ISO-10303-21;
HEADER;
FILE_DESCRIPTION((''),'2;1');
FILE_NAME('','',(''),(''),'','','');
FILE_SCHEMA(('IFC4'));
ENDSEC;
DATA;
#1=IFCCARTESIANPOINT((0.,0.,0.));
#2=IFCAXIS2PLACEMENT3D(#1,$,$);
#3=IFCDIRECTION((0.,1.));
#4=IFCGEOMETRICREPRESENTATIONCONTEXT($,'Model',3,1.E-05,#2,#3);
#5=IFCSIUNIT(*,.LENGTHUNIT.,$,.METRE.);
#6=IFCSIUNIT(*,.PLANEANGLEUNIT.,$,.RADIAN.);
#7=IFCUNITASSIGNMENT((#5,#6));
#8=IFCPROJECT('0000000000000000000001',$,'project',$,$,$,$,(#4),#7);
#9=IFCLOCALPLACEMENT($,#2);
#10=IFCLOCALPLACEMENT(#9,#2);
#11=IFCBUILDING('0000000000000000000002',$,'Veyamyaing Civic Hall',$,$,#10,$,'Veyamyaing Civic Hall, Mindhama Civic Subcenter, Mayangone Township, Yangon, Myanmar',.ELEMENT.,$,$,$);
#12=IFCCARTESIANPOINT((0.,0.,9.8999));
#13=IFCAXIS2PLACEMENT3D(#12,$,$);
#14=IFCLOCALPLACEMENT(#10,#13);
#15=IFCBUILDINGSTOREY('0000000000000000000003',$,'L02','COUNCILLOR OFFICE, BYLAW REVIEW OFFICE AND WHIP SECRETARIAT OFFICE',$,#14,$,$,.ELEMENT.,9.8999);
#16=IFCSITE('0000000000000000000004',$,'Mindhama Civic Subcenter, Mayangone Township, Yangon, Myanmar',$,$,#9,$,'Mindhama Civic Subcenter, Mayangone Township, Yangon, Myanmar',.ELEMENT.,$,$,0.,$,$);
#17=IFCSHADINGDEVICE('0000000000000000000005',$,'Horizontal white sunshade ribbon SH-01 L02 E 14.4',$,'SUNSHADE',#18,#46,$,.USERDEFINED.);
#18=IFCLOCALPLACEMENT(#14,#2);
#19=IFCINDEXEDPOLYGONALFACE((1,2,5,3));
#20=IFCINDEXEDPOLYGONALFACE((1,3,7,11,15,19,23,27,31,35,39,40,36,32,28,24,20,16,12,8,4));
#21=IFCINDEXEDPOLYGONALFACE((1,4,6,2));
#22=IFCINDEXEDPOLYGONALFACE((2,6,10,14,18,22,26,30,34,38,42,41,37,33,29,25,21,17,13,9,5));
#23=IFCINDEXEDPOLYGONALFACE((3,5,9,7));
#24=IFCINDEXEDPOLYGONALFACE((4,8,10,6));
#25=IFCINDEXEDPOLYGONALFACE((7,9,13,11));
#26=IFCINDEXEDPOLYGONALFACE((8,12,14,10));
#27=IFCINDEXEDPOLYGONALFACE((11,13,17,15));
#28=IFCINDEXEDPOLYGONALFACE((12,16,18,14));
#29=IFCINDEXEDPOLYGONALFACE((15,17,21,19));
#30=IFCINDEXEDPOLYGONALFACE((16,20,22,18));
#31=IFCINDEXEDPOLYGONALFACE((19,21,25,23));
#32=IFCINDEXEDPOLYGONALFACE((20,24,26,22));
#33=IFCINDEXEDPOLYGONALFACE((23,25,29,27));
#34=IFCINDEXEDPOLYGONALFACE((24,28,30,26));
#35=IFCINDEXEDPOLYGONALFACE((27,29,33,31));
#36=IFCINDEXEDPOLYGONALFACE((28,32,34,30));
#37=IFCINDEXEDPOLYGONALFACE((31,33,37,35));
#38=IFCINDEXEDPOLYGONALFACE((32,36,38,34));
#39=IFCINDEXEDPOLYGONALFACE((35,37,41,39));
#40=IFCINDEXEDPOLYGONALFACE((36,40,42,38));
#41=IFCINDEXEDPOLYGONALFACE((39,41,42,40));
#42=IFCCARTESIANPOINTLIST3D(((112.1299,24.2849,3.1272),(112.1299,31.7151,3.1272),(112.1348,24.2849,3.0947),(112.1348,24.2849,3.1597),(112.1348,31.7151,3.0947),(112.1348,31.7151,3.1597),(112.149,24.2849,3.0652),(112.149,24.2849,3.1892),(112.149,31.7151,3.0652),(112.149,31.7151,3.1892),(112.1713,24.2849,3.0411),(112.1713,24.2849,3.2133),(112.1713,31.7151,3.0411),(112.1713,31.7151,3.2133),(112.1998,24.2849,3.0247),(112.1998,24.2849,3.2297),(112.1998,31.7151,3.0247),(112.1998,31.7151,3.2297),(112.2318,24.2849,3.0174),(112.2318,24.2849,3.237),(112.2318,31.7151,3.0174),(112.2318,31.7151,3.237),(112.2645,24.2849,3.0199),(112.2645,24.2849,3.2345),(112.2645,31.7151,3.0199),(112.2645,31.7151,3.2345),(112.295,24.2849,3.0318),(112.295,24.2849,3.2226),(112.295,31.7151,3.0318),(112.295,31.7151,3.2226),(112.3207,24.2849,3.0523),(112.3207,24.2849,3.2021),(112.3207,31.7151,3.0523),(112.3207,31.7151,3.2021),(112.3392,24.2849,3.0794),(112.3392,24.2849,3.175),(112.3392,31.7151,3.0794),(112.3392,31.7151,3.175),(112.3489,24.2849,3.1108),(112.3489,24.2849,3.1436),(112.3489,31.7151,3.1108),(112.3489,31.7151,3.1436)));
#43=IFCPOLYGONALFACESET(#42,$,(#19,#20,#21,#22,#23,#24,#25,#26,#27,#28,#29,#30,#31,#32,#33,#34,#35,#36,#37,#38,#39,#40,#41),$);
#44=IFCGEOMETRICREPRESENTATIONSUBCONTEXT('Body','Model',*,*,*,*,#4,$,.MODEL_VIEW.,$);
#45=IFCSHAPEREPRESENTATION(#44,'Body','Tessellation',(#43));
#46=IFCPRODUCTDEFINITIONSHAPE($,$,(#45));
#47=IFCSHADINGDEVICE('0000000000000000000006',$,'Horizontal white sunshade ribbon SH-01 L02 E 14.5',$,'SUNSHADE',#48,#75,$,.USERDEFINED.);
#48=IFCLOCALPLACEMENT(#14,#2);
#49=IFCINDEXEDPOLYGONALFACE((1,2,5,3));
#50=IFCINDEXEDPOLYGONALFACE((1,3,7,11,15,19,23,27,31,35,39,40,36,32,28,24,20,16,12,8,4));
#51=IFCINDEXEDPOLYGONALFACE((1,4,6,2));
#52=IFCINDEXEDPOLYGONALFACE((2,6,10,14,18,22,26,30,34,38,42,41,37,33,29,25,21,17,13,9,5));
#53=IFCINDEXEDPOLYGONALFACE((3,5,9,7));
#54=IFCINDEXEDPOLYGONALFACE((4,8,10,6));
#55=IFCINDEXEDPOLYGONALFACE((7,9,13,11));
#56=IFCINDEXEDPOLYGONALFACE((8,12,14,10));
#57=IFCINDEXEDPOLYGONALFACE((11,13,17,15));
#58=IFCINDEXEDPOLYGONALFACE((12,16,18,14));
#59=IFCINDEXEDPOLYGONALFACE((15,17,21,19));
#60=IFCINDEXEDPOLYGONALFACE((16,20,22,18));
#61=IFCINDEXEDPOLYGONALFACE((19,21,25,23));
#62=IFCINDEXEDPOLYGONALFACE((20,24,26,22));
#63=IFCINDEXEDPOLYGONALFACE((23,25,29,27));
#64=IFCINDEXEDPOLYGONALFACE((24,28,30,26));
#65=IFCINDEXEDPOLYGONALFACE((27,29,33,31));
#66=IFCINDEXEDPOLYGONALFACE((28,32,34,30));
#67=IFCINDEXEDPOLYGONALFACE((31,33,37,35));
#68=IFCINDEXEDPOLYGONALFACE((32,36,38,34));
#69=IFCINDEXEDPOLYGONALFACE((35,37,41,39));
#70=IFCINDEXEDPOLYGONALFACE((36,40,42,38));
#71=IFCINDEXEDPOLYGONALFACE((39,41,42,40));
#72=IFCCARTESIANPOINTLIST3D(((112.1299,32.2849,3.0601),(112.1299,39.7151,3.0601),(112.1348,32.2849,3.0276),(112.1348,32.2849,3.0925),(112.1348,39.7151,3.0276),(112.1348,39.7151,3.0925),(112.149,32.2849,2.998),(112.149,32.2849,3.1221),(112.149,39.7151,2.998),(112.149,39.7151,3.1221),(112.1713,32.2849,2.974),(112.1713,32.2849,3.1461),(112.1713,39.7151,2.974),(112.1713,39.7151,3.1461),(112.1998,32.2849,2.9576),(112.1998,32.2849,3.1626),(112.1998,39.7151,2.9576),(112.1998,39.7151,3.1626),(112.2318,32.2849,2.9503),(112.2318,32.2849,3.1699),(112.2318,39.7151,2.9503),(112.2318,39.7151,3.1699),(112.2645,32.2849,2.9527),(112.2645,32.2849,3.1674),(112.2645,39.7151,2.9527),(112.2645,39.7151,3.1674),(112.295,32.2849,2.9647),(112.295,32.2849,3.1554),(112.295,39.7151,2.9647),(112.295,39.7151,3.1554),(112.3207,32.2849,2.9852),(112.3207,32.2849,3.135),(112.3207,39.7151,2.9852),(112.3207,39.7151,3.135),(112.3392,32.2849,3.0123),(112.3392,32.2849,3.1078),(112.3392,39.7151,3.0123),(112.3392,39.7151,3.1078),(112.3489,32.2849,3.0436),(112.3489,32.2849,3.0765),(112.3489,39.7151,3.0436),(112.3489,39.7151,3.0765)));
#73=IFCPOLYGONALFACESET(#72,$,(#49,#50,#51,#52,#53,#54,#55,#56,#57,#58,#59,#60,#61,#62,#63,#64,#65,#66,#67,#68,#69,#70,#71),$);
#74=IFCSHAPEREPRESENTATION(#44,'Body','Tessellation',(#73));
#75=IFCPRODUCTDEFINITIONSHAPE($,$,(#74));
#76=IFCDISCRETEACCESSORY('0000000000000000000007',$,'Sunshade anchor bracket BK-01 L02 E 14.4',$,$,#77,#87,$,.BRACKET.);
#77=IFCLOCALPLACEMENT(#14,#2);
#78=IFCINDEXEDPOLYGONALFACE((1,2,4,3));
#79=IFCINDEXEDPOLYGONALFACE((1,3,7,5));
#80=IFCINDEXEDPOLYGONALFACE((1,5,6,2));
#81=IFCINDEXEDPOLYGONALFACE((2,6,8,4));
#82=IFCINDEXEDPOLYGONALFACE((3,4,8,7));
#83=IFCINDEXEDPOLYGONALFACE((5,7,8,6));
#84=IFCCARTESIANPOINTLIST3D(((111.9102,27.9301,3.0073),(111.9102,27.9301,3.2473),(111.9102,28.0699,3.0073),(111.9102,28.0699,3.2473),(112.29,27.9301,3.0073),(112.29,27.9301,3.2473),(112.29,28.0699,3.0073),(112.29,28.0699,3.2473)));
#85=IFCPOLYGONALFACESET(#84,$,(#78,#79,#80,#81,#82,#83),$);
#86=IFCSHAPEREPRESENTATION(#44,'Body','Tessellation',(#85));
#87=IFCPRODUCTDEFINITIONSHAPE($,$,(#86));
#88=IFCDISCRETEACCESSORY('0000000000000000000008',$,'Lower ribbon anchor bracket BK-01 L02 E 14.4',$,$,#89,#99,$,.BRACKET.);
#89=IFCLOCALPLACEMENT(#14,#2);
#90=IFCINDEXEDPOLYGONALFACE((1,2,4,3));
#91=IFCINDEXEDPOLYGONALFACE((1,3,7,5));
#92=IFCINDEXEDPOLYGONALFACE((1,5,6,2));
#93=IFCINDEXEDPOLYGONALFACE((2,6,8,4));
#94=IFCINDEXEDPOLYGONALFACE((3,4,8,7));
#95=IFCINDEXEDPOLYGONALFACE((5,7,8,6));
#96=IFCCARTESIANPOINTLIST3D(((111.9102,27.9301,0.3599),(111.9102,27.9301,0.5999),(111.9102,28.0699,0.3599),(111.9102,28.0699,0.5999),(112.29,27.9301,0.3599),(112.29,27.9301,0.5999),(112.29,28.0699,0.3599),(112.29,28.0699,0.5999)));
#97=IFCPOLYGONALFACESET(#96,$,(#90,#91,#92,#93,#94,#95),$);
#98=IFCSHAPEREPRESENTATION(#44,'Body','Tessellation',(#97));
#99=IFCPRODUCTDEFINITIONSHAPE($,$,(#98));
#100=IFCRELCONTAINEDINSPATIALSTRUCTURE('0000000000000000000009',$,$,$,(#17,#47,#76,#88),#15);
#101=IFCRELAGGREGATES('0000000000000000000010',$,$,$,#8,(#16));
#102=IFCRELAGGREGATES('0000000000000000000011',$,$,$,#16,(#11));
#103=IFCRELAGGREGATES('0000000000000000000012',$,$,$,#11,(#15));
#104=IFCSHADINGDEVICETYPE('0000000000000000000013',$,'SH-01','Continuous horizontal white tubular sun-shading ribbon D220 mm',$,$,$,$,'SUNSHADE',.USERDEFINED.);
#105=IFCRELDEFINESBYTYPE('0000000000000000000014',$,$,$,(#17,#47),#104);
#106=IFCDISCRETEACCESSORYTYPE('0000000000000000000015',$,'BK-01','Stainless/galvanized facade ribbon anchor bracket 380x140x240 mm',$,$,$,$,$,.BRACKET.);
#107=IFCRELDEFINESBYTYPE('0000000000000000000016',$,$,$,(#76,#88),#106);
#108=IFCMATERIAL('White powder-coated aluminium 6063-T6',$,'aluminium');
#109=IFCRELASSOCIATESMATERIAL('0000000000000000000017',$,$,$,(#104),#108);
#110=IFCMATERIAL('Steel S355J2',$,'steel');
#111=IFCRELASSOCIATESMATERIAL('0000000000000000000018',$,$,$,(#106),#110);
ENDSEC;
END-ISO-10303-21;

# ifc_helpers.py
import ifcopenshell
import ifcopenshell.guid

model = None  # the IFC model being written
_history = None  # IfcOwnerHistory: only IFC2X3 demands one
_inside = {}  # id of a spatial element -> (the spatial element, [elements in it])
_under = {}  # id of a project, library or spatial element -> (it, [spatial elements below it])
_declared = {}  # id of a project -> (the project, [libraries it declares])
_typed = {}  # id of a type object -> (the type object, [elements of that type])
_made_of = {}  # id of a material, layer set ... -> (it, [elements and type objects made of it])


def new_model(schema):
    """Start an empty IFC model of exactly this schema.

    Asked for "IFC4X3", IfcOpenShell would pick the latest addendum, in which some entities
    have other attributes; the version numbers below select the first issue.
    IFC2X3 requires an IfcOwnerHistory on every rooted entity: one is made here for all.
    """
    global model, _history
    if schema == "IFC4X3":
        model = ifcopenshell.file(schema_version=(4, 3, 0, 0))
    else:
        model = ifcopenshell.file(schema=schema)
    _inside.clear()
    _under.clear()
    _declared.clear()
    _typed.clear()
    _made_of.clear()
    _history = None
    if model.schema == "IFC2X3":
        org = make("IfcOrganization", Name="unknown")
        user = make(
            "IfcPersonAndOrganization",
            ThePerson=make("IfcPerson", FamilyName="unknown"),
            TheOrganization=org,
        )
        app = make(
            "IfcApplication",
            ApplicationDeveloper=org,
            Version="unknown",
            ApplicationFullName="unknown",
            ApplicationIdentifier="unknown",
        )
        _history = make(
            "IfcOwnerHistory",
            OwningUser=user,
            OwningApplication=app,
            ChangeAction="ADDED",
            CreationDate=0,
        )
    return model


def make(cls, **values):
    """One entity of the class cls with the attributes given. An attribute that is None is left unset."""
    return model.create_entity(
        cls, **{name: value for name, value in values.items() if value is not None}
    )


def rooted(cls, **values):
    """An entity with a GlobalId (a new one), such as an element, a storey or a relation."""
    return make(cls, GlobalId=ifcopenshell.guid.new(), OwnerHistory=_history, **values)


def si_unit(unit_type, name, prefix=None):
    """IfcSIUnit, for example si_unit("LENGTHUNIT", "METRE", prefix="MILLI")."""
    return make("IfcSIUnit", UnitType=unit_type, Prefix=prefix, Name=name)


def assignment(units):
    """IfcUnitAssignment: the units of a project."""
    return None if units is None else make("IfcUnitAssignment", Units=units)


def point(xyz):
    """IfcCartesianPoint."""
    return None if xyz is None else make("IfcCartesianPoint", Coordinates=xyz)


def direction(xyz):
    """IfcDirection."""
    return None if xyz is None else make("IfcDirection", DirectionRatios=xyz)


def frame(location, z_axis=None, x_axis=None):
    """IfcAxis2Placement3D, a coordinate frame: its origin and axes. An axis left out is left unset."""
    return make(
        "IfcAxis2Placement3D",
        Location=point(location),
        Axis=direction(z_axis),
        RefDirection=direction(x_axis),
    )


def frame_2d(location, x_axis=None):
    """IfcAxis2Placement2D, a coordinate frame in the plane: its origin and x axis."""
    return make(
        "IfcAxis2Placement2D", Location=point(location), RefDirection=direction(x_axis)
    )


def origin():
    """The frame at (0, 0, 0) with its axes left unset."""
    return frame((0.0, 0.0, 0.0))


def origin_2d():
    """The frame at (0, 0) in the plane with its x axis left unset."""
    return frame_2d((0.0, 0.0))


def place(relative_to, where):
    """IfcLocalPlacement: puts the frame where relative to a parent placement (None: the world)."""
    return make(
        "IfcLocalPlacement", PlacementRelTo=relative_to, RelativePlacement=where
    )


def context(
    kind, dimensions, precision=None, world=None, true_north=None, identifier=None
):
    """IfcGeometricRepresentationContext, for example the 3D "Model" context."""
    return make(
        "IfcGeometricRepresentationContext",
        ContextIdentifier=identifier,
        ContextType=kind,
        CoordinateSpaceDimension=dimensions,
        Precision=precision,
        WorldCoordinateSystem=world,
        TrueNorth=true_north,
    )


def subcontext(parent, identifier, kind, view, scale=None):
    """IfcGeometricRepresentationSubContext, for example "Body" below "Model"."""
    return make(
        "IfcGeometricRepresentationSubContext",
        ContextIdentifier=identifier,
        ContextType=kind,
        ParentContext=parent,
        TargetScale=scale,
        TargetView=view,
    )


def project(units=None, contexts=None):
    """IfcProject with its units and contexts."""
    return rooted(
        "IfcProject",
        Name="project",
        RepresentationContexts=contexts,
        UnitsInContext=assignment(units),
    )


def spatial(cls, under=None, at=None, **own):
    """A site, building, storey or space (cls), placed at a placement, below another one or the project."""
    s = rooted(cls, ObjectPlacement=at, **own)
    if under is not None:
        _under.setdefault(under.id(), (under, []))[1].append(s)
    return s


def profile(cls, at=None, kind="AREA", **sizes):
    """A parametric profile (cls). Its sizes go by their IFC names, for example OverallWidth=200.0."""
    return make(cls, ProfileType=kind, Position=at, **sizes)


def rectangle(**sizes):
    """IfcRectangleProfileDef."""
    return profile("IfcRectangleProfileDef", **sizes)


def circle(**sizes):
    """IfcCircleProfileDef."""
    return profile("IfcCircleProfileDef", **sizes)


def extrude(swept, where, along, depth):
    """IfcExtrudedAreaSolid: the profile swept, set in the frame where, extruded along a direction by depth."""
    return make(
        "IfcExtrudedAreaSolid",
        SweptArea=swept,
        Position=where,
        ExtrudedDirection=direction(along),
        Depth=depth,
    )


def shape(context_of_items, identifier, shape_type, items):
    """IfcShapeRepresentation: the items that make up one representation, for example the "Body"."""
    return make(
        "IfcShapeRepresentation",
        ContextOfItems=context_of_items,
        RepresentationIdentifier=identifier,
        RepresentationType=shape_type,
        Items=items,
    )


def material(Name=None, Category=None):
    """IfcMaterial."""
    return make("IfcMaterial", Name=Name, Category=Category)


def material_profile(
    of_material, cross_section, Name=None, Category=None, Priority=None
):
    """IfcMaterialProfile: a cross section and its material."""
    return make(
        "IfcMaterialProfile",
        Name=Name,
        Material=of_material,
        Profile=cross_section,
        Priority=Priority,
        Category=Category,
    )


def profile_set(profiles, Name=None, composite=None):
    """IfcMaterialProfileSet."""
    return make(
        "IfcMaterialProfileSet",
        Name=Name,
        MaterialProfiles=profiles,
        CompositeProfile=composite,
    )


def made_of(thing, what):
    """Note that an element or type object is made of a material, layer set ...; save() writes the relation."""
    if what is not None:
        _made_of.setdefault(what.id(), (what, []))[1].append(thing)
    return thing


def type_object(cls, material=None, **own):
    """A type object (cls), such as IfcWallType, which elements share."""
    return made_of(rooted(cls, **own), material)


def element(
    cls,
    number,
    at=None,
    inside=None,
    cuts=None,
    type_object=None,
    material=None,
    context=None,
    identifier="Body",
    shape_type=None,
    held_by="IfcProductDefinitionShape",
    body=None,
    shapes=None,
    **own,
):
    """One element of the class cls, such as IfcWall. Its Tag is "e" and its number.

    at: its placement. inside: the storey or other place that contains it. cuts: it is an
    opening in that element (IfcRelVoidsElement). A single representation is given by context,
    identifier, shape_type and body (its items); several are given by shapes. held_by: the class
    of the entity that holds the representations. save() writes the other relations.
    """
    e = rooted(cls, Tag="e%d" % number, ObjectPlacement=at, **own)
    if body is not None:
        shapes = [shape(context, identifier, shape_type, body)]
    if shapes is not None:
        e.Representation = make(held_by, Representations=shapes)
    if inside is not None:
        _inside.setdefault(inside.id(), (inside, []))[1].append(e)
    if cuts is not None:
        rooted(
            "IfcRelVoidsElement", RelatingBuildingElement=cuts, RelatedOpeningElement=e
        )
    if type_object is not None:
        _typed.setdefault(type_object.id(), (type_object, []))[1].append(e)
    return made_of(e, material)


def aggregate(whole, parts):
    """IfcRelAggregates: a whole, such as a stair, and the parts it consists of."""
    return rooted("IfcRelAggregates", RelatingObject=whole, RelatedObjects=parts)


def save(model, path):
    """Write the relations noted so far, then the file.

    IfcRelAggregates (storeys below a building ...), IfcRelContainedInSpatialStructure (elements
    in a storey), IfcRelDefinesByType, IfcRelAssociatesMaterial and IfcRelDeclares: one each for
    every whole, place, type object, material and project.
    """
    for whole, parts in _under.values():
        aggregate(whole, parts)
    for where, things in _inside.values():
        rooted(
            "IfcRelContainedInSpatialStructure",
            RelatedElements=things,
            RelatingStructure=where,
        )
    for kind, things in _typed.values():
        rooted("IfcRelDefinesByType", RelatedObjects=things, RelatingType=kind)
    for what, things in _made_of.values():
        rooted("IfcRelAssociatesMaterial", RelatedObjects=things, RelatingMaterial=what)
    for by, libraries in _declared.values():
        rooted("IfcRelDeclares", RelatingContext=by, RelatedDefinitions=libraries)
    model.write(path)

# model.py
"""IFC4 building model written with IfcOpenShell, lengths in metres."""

from ifc_helpers import new_model, si_unit, direction, frame, origin, origin_2d, place, context, subcontext, project, spatial, rectangle, circle, extrude, material, material_profile, profile_set, type_object, element, save


model = new_model("IFC4")

# Units and contexts
model_context = context("Model", 3, precision=1e-05, world=origin(), true_north=direction((0.0, 1.0)))
body_context = subcontext(model_context, "Body", "Model", "MODEL_VIEW")
ifc_project = project(units=[si_unit("LENGTHUNIT", "METRE"), si_unit("PLANEANGLEUNIT", "RADIAN")], contexts=[model_context])

# Site, building, storey
site_placement = place(None, origin())
site = spatial("IfcSite", under=ifc_project, at=site_placement, Name="Mindhama Civic Subcenter, Mayangone Township, Yangon, Myanmar", LongName="Mindhama Civic Subcenter, Mayangone Township, Yangon, Myanmar", CompositionType="ELEMENT", RefElevation=0.0)
building_placement = place(site_placement, origin())
building = spatial("IfcBuilding", under=site, at=building_placement, Name="Veyamyaing Civic Hall", LongName="Veyamyaing Civic Hall, Mindhama Civic Subcenter, Mayangone Township, Yangon, Myanmar", CompositionType="ELEMENT")
storey_placement = place(building_placement, frame((0.0, 0.0, 9.8999)))
storey = spatial("IfcBuildingStorey", under=building, at=storey_placement, Name="L02", Description="COUNCILLOR OFFICE, BYLAW REVIEW OFFICE AND WHIP SECRETARIAT OFFICE", CompositionType="ELEMENT", Elevation=9.8999)

# Shared definitions
ifc_material_1 = material(Name="Steel S355J2", Category="steel")

# Shared definitions
ifc_material_2 = material(Name="White powder-coated aluminium 6063-T6", Category="aluminium")

# Shading devices
ifc_material_profile_1 = material_profile(ifc_material_2, circle(Radius=0.1101, at=origin_2d()), Name="SHADE-TUBE-220")
ifc_profile_set_1 = profile_set([ifc_material_profile_1], Name="White powder-coated aluminium 6063-T6")
shading_device_type = type_object("IfcShadingDeviceType", Name="SH-01", Description="Continuous horizontal white tubular sun-shading ribbon D220 mm", ElementType="SUNSHADE", PredefinedType="USERDEFINED", material=ifc_profile_set_1)
for number, where, z_axis, x_axis, name in (
    (1, (112.24, 24.2849, 3.1272), (0.0, 1.0, 0.0), (-1.0, 0.0, 0.0), "Horizontal white sunshade ribbon SH-01 L02 E 14.4"),
    (2, (112.24, 32.2849, 3.0601), (0.0, 1.0, 0.0), (-1.0, 0.0, 0.0), "Horizontal white sunshade ribbon SH-01 L02 E 14.5"),
):
    element("IfcShadingDevice", number, at=place(storey_placement, frame(where, z_axis=z_axis, x_axis=x_axis)), inside=storey, type_object=shading_device_type, Name=name, ObjectType="SUNSHADE", PredefinedType="USERDEFINED", context=body_context, shape_type="SweptSolid", body=[
        extrude(circle(Radius=0.1101, at=origin_2d()), origin(), (0.0, 0.0, 1.0), 7.4302),
    ])

# Discrete accessories
discrete_accessory_type = type_object("IfcDiscreteAccessoryType", Name="BK-01", Description="Stainless/galvanized facade ribbon anchor bracket 380x140x240 mm", PredefinedType="BRACKET", material=ifc_material_1)
for number, where, z_axis, x_axis, name in (
    (3, (112.1001, 28.0, 3.0073), (0.0, 0.0, 1.0), (1.0, 0.0, 0.0), "Sunshade anchor bracket BK-01 L02 E 14.4"),
    (4, (112.1001, 28.0, 0.3599), (0.0, 0.0, 1.0), (1.0, 0.0, 0.0), "Lower ribbon anchor bracket BK-01 L02 E 14.4"),
):
    element("IfcDiscreteAccessory", number, at=place(storey_placement, frame(where, z_axis=z_axis, x_axis=x_axis)), inside=storey, type_object=discrete_accessory_type, Name=name, PredefinedType="BRACKET", context=body_context, shape_type="SweptSolid", body=[
        extrude(rectangle(XDim=0.3799, YDim=0.1399, at=origin_2d()), origin(), (0.0, 0.0, 1.0), 0.24),
    ])

save(model, "model.ifc")
